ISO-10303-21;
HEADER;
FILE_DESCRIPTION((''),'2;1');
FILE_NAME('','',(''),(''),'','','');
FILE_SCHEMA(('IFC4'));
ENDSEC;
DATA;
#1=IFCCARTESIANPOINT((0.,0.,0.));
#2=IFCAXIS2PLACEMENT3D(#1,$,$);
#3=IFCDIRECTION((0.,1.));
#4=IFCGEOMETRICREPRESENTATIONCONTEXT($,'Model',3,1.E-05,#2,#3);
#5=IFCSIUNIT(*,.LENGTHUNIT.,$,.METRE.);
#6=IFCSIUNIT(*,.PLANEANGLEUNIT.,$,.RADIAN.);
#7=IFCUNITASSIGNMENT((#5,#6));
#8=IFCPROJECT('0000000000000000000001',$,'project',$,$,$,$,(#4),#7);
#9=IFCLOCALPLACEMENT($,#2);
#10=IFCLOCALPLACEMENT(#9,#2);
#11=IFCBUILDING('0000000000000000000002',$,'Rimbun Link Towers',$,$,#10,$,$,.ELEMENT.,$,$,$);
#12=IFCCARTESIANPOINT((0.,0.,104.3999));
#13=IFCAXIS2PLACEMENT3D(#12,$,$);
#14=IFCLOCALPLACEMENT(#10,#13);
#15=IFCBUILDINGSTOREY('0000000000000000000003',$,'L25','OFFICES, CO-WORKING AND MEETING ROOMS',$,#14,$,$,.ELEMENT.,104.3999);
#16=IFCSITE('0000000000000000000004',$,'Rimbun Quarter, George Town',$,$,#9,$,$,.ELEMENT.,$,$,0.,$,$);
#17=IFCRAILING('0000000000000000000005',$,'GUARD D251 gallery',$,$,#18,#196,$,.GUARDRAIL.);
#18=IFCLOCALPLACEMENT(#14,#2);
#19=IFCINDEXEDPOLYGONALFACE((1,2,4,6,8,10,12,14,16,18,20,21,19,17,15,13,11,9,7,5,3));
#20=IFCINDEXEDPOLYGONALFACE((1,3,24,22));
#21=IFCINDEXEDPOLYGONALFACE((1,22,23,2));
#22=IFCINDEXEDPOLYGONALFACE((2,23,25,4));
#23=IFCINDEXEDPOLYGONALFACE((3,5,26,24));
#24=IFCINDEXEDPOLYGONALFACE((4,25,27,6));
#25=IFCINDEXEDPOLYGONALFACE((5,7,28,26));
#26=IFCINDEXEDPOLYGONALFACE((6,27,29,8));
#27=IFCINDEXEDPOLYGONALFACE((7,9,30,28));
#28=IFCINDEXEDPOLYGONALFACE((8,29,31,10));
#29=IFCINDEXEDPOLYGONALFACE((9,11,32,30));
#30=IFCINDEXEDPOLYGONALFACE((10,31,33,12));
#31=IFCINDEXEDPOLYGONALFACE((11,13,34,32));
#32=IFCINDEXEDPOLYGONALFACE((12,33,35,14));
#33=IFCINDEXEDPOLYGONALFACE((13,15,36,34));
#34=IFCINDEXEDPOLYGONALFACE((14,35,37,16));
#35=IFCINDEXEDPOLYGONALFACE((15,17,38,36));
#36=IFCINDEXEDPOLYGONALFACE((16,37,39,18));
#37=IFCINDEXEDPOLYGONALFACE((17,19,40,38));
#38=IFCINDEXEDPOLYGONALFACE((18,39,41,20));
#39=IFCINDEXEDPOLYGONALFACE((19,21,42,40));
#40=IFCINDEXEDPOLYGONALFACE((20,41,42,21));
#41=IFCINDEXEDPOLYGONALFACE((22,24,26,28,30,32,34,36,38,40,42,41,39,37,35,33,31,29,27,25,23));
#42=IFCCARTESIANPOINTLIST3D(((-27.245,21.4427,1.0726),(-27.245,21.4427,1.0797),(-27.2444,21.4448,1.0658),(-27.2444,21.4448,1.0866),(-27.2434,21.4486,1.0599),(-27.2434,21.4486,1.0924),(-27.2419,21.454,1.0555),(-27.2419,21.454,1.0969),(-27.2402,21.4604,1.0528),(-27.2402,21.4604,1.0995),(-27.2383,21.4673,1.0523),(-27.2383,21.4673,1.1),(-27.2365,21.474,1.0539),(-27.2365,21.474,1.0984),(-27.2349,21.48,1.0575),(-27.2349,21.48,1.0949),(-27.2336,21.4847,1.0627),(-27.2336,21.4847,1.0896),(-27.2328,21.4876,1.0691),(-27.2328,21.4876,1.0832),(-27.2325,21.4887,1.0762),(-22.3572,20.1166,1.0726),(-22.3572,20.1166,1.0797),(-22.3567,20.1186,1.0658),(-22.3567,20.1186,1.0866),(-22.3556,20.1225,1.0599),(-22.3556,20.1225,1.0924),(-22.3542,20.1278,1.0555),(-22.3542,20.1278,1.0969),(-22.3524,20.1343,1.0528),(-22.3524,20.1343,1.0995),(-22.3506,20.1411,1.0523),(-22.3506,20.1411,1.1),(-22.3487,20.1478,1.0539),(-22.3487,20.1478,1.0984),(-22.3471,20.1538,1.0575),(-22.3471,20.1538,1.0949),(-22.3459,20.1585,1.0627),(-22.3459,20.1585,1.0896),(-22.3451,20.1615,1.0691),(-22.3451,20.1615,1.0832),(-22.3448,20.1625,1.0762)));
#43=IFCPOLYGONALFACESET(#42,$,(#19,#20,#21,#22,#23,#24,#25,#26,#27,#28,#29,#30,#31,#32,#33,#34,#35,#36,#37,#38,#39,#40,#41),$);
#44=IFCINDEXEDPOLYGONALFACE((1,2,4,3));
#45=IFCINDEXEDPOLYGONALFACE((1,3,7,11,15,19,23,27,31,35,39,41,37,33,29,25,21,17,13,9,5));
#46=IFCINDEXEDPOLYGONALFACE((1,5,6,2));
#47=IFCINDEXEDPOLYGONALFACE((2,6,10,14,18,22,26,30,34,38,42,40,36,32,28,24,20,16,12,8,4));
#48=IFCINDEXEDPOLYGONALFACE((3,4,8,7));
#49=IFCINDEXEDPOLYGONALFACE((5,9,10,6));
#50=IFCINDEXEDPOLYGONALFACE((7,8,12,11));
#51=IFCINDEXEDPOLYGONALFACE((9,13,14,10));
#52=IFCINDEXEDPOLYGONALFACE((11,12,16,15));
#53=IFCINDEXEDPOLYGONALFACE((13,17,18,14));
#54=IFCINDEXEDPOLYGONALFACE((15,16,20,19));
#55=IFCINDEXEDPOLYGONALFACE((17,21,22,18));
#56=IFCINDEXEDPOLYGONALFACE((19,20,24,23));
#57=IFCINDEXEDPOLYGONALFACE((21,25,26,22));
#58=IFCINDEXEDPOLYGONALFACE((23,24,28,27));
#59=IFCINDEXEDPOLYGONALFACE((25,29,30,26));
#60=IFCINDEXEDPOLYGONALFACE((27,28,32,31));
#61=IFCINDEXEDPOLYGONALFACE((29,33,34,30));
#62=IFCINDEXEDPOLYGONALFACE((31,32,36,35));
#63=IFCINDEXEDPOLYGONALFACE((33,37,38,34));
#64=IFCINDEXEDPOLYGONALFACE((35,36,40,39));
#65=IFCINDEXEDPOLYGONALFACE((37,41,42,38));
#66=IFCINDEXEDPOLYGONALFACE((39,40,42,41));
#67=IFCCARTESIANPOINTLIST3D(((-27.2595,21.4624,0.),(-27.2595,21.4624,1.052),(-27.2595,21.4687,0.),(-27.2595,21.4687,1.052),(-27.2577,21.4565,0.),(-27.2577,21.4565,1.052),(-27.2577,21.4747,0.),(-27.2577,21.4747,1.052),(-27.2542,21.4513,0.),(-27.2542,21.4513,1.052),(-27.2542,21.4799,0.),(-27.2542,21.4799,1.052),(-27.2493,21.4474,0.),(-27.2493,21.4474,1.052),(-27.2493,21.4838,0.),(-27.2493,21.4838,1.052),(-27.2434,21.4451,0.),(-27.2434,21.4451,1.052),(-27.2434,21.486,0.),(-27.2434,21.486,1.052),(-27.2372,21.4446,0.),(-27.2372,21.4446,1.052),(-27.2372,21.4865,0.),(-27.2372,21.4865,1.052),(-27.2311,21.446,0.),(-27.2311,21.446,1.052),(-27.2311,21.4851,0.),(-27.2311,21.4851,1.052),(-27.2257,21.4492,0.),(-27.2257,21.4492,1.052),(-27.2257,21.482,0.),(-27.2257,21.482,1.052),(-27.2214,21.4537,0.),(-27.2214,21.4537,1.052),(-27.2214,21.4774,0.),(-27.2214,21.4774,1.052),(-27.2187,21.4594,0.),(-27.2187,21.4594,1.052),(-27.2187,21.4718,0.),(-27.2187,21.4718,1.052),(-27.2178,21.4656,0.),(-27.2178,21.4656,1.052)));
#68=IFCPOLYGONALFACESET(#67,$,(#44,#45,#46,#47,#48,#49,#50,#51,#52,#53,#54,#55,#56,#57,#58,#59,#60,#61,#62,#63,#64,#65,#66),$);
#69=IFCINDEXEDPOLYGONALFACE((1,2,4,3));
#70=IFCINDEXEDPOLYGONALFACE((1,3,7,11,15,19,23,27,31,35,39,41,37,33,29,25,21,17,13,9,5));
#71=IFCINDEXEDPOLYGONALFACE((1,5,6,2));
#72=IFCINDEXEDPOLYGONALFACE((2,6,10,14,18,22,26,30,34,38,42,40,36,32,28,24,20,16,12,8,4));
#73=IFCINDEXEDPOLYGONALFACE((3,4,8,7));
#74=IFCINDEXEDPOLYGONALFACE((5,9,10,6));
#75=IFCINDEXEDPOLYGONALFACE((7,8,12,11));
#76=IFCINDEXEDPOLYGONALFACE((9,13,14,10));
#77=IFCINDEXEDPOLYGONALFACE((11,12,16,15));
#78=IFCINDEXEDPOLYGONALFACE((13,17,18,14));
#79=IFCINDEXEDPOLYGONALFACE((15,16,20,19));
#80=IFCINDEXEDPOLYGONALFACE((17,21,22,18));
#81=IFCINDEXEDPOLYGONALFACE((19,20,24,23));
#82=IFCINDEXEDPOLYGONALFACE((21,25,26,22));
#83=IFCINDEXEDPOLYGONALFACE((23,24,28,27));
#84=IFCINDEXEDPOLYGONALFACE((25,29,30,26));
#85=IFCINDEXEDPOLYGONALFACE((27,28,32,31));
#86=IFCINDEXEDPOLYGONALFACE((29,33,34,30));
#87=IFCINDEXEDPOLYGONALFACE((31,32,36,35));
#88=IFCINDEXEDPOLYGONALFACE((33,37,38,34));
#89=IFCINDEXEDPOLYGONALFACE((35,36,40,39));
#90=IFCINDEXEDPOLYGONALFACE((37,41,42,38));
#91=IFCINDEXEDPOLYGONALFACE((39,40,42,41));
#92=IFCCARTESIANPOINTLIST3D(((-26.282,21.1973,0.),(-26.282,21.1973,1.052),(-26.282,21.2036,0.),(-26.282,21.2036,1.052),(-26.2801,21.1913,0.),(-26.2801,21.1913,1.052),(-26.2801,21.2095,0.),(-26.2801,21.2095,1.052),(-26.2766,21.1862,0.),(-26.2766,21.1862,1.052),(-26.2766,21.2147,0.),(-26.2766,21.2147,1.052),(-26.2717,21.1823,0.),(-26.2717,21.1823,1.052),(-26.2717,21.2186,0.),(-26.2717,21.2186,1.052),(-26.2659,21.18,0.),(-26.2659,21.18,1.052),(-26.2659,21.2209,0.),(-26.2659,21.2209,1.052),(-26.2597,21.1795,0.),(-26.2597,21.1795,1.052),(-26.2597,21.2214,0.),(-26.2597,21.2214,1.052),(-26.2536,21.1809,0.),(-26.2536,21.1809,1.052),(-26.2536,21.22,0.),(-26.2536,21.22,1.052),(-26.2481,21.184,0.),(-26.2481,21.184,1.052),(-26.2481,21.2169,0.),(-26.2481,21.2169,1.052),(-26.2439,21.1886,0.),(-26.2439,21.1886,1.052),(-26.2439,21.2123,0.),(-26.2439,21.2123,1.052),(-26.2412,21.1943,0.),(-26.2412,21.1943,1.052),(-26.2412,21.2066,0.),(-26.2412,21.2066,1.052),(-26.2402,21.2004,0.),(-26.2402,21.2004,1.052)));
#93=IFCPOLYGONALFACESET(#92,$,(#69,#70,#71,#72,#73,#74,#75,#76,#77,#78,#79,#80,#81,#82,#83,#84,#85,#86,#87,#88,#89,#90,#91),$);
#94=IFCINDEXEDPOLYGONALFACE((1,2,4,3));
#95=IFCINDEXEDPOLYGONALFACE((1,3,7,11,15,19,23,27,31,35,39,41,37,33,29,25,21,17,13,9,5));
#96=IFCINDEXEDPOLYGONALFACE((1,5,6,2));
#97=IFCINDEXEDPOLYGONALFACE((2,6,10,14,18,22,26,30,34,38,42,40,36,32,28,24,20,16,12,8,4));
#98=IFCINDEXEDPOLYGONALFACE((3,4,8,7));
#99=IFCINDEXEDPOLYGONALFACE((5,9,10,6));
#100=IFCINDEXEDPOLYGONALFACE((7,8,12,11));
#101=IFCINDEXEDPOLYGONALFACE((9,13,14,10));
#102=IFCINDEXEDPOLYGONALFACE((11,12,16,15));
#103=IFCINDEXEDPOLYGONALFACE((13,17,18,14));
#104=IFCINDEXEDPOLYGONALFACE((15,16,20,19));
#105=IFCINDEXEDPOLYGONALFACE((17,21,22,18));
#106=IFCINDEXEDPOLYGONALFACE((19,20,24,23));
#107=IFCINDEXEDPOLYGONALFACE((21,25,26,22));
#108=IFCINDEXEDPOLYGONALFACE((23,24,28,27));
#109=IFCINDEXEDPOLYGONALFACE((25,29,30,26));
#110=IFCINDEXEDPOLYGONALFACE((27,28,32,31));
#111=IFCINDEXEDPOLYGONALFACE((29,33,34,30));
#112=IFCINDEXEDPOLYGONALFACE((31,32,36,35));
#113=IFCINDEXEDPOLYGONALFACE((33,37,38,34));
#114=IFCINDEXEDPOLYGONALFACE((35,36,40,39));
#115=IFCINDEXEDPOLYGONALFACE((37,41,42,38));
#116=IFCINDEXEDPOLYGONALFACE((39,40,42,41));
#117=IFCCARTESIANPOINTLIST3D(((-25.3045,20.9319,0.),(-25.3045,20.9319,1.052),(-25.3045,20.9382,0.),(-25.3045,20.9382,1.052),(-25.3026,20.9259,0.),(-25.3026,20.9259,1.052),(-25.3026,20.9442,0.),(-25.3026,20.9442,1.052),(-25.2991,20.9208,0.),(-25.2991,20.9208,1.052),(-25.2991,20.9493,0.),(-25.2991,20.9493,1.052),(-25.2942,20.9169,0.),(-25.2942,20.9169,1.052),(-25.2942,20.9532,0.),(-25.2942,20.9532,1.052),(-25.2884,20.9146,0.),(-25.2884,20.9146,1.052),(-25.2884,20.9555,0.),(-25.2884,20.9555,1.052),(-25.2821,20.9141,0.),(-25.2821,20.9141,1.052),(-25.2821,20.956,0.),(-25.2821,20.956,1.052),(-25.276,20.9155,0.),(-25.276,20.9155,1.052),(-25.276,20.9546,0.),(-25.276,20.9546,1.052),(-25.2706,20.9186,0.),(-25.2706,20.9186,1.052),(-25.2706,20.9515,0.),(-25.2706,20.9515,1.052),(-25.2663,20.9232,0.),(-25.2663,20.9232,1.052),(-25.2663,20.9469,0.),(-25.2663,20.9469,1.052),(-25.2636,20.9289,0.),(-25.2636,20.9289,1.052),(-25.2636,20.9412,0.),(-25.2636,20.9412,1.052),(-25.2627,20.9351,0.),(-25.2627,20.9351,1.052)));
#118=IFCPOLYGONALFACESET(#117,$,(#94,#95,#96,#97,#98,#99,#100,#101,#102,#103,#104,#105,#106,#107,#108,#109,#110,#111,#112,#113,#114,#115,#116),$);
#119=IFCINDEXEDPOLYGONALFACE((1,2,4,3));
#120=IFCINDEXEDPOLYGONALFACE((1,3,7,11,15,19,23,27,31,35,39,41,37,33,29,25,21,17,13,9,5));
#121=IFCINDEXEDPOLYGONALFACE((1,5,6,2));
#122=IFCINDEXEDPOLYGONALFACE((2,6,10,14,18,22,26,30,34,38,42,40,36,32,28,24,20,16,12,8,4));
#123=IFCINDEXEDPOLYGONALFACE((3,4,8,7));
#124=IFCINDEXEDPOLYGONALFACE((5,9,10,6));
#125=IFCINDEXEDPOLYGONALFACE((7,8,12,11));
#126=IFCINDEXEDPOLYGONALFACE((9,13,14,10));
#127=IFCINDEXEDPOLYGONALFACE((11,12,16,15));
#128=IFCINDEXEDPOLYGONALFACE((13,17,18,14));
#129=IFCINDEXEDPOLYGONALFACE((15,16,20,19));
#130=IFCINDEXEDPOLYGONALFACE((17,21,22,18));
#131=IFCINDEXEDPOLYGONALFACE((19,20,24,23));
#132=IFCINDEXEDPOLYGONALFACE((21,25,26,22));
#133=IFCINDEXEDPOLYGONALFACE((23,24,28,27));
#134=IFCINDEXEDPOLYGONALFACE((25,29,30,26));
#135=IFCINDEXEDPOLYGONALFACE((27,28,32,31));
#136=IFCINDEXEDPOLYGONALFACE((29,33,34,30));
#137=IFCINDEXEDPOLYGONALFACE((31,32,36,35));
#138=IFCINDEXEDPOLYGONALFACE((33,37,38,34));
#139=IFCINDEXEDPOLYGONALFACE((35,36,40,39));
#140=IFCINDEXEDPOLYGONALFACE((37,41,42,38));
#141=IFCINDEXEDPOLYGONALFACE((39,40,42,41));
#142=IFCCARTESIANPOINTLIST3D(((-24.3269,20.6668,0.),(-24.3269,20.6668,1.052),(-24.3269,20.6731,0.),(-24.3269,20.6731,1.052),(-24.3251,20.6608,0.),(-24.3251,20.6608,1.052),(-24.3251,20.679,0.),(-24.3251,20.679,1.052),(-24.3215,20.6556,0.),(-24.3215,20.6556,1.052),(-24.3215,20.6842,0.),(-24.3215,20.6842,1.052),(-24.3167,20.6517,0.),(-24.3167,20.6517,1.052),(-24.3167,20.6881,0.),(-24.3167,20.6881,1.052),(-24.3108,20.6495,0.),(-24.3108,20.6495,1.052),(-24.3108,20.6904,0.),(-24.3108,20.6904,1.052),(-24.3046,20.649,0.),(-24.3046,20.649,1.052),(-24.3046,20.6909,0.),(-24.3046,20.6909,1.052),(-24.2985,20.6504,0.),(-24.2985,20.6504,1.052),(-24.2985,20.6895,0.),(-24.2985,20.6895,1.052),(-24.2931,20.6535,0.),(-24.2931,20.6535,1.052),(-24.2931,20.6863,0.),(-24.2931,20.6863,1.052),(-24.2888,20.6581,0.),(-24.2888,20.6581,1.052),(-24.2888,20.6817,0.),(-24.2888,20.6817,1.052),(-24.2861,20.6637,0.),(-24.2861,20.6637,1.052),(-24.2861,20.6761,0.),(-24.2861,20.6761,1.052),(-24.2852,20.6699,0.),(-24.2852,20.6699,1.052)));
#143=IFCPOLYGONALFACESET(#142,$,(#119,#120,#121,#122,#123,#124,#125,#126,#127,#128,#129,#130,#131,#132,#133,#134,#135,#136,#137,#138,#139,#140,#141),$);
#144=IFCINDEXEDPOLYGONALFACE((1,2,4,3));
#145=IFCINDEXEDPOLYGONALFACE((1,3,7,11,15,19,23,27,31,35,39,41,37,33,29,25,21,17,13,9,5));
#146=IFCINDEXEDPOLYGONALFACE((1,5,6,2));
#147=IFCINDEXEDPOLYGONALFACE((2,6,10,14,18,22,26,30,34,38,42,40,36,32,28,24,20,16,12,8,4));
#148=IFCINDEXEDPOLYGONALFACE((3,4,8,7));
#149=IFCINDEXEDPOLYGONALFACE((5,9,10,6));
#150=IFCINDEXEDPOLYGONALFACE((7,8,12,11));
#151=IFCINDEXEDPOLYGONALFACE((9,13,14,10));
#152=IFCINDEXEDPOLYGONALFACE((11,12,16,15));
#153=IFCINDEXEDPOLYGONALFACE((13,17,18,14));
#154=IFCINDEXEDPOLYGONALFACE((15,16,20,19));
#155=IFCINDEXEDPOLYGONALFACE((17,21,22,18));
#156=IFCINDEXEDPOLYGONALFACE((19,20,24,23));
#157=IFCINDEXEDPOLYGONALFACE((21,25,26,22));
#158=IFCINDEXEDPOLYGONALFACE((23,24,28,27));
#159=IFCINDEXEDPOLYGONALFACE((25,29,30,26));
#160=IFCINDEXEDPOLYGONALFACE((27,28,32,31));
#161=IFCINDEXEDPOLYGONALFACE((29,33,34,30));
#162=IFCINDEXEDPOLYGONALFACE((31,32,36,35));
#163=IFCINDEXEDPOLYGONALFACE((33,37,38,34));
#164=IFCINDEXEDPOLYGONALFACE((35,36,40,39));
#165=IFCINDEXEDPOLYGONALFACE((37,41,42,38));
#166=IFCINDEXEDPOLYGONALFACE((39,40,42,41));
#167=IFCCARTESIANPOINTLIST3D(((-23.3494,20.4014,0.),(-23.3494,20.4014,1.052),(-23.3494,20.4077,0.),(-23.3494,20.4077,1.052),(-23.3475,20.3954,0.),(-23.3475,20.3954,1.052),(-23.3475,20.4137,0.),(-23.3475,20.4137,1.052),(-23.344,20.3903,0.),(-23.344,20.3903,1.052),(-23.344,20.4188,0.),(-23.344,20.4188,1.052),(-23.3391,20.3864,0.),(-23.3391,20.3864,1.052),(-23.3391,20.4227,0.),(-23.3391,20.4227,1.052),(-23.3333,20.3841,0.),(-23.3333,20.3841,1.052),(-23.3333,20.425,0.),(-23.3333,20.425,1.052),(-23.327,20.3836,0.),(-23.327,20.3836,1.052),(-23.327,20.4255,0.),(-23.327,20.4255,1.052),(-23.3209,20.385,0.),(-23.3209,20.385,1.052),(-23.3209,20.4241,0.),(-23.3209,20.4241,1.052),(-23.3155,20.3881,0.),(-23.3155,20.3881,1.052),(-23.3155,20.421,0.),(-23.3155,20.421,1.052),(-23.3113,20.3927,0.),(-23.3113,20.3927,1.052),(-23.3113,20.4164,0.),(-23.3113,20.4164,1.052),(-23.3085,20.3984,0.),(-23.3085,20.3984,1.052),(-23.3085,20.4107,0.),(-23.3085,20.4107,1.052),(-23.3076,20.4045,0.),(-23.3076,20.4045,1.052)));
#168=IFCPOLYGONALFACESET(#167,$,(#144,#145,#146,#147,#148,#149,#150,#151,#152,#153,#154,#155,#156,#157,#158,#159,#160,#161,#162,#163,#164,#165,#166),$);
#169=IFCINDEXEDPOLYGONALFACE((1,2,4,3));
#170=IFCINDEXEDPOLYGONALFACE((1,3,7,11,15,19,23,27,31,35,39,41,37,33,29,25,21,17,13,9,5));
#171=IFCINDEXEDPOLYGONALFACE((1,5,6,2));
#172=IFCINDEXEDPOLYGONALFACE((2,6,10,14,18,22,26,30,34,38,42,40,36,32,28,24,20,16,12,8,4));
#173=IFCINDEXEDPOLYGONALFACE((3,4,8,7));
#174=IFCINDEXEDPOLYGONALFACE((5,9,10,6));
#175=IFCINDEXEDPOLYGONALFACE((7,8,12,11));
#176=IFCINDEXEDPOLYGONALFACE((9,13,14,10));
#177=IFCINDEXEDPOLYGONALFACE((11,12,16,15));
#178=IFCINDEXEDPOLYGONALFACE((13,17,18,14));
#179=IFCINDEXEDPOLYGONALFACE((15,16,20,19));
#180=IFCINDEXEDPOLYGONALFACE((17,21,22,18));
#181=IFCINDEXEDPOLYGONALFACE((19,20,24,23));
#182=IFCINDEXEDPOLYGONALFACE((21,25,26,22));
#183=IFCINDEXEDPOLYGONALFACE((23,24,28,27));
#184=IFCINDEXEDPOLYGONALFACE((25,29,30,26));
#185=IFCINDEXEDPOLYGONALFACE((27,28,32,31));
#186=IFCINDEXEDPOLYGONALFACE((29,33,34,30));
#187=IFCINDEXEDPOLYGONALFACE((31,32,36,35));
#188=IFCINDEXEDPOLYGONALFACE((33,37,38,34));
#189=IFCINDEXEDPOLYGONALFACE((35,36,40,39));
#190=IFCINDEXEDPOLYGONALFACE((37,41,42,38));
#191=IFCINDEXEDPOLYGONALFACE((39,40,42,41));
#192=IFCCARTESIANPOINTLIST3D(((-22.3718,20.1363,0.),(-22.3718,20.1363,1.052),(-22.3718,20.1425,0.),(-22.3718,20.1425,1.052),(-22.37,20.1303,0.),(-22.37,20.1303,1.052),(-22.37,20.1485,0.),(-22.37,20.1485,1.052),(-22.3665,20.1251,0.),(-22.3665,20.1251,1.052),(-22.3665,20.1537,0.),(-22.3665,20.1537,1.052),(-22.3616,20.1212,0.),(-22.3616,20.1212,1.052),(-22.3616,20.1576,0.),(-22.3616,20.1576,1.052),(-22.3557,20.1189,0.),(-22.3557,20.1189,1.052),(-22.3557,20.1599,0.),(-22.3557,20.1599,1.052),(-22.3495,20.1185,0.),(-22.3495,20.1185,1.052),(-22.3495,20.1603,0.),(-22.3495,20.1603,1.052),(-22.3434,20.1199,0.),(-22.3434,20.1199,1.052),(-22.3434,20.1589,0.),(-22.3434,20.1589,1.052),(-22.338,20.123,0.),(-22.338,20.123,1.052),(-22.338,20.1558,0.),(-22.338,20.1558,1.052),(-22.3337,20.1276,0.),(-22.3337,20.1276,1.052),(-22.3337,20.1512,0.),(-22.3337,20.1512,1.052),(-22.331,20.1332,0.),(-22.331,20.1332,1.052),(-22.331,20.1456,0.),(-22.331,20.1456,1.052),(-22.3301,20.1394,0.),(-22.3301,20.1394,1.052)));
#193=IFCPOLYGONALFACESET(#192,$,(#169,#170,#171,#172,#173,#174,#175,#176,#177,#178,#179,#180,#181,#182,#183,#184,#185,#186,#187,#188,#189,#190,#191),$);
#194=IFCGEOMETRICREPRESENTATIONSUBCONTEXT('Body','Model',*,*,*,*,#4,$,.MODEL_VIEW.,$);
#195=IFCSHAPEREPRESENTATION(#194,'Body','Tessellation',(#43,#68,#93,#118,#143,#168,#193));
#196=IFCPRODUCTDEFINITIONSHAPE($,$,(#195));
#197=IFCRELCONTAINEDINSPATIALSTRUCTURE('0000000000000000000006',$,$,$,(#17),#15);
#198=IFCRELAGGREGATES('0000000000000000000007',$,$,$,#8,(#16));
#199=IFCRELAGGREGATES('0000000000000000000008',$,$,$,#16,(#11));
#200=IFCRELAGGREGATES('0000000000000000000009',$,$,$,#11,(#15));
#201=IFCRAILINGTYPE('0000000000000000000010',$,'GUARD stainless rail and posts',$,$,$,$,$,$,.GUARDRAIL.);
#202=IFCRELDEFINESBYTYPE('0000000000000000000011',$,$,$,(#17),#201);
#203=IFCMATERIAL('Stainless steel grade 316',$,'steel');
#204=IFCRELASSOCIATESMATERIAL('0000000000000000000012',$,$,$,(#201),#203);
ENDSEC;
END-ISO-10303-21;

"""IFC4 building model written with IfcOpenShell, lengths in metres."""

from ifc_helpers import new_model, si_unit, direction, frame, origin, origin_2d, place, context, subcontext, project, spatial, circle, extrude, material, type_object, element, save


model = new_model("IFC4")

# Units and contexts
model_context = context("Model", 3, precision=1e-05, world=origin(), true_north=direction((0.0, 1.0)))
body_context = subcontext(model_context, "Body", "Model", "MODEL_VIEW")
ifc_project = project(units=[si_unit("LENGTHUNIT", "METRE"), si_unit("PLANEANGLEUNIT", "RADIAN")], contexts=[model_context])

# Site, building, storey
site_placement = place(None, origin())
site = spatial("IfcSite", under=ifc_project, at=site_placement, Name="Rimbun Quarter, George Town", CompositionType="ELEMENT", RefElevation=0.0)
building_placement = place(site_placement, origin())
building = spatial("IfcBuilding", under=site, at=building_placement, Name="Rimbun Link Towers", CompositionType="ELEMENT")
storey_placement = place(building_placement, frame((0.0, 0.0, 104.3999)))
storey = spatial("IfcBuildingStorey", under=building, at=storey_placement, Name="L25", Description="OFFICES, CO-WORKING AND MEETING ROOMS", CompositionType="ELEMENT", Elevation=104.3999)

# Railing
ifc_material_1 = material(Name="Stainless steel grade 316", Category="steel")
railing_type = type_object("IfcRailingType", Name="GUARD stainless rail and posts", PredefinedType="GUARDRAIL", material=ifc_material_1)
railing_placement = place(storey_placement, frame((-27.2388, 21.4656, 0.0)))
element("IfcRailing", 1, at=railing_placement, inside=storey, type_object=railing_type, Name="GUARD D251 gallery", PredefinedType="GUARDRAIL", context=body_context, shape_type="SweptSolid", body=[
    extrude(circle(Radius=0.0239, at=origin_2d()), frame((0.0, 0.0, 1.0762), z_axis=(0.965106, -0.261861, 0.0), x_axis=(0.261861, 0.965106, 0.0)), (0.0, 0.0, 1.0), 5.0645),
    extrude(circle(Radius=0.021, at=origin_2d()), origin(), (0.0, 0.0, 1.0), 1.052),
    extrude(circle(Radius=0.021, at=origin_2d()), frame((0.9775, -0.2651, 0.0)), (0.0, 0.0, 1.0), 1.052),
    extrude(circle(Radius=0.021, at=origin_2d()), frame((1.9551, -0.5305, 0.0)), (0.0, 0.0, 1.0), 1.052),
    extrude(circle(Radius=0.021, at=origin_2d()), frame((2.9326, -0.7957, 0.0)), (0.0, 0.0, 1.0), 1.052),
    extrude(circle(Radius=0.021, at=origin_2d()), frame((3.9102, -1.061, 0.0)), (0.0, 0.0, 1.0), 1.052),
    extrude(circle(Radius=0.021, at=origin_2d()), frame((4.8877, -1.3262, 0.0)), (0.0, 0.0, 1.0), 1.052),
])

save(model, "model.ifc")
